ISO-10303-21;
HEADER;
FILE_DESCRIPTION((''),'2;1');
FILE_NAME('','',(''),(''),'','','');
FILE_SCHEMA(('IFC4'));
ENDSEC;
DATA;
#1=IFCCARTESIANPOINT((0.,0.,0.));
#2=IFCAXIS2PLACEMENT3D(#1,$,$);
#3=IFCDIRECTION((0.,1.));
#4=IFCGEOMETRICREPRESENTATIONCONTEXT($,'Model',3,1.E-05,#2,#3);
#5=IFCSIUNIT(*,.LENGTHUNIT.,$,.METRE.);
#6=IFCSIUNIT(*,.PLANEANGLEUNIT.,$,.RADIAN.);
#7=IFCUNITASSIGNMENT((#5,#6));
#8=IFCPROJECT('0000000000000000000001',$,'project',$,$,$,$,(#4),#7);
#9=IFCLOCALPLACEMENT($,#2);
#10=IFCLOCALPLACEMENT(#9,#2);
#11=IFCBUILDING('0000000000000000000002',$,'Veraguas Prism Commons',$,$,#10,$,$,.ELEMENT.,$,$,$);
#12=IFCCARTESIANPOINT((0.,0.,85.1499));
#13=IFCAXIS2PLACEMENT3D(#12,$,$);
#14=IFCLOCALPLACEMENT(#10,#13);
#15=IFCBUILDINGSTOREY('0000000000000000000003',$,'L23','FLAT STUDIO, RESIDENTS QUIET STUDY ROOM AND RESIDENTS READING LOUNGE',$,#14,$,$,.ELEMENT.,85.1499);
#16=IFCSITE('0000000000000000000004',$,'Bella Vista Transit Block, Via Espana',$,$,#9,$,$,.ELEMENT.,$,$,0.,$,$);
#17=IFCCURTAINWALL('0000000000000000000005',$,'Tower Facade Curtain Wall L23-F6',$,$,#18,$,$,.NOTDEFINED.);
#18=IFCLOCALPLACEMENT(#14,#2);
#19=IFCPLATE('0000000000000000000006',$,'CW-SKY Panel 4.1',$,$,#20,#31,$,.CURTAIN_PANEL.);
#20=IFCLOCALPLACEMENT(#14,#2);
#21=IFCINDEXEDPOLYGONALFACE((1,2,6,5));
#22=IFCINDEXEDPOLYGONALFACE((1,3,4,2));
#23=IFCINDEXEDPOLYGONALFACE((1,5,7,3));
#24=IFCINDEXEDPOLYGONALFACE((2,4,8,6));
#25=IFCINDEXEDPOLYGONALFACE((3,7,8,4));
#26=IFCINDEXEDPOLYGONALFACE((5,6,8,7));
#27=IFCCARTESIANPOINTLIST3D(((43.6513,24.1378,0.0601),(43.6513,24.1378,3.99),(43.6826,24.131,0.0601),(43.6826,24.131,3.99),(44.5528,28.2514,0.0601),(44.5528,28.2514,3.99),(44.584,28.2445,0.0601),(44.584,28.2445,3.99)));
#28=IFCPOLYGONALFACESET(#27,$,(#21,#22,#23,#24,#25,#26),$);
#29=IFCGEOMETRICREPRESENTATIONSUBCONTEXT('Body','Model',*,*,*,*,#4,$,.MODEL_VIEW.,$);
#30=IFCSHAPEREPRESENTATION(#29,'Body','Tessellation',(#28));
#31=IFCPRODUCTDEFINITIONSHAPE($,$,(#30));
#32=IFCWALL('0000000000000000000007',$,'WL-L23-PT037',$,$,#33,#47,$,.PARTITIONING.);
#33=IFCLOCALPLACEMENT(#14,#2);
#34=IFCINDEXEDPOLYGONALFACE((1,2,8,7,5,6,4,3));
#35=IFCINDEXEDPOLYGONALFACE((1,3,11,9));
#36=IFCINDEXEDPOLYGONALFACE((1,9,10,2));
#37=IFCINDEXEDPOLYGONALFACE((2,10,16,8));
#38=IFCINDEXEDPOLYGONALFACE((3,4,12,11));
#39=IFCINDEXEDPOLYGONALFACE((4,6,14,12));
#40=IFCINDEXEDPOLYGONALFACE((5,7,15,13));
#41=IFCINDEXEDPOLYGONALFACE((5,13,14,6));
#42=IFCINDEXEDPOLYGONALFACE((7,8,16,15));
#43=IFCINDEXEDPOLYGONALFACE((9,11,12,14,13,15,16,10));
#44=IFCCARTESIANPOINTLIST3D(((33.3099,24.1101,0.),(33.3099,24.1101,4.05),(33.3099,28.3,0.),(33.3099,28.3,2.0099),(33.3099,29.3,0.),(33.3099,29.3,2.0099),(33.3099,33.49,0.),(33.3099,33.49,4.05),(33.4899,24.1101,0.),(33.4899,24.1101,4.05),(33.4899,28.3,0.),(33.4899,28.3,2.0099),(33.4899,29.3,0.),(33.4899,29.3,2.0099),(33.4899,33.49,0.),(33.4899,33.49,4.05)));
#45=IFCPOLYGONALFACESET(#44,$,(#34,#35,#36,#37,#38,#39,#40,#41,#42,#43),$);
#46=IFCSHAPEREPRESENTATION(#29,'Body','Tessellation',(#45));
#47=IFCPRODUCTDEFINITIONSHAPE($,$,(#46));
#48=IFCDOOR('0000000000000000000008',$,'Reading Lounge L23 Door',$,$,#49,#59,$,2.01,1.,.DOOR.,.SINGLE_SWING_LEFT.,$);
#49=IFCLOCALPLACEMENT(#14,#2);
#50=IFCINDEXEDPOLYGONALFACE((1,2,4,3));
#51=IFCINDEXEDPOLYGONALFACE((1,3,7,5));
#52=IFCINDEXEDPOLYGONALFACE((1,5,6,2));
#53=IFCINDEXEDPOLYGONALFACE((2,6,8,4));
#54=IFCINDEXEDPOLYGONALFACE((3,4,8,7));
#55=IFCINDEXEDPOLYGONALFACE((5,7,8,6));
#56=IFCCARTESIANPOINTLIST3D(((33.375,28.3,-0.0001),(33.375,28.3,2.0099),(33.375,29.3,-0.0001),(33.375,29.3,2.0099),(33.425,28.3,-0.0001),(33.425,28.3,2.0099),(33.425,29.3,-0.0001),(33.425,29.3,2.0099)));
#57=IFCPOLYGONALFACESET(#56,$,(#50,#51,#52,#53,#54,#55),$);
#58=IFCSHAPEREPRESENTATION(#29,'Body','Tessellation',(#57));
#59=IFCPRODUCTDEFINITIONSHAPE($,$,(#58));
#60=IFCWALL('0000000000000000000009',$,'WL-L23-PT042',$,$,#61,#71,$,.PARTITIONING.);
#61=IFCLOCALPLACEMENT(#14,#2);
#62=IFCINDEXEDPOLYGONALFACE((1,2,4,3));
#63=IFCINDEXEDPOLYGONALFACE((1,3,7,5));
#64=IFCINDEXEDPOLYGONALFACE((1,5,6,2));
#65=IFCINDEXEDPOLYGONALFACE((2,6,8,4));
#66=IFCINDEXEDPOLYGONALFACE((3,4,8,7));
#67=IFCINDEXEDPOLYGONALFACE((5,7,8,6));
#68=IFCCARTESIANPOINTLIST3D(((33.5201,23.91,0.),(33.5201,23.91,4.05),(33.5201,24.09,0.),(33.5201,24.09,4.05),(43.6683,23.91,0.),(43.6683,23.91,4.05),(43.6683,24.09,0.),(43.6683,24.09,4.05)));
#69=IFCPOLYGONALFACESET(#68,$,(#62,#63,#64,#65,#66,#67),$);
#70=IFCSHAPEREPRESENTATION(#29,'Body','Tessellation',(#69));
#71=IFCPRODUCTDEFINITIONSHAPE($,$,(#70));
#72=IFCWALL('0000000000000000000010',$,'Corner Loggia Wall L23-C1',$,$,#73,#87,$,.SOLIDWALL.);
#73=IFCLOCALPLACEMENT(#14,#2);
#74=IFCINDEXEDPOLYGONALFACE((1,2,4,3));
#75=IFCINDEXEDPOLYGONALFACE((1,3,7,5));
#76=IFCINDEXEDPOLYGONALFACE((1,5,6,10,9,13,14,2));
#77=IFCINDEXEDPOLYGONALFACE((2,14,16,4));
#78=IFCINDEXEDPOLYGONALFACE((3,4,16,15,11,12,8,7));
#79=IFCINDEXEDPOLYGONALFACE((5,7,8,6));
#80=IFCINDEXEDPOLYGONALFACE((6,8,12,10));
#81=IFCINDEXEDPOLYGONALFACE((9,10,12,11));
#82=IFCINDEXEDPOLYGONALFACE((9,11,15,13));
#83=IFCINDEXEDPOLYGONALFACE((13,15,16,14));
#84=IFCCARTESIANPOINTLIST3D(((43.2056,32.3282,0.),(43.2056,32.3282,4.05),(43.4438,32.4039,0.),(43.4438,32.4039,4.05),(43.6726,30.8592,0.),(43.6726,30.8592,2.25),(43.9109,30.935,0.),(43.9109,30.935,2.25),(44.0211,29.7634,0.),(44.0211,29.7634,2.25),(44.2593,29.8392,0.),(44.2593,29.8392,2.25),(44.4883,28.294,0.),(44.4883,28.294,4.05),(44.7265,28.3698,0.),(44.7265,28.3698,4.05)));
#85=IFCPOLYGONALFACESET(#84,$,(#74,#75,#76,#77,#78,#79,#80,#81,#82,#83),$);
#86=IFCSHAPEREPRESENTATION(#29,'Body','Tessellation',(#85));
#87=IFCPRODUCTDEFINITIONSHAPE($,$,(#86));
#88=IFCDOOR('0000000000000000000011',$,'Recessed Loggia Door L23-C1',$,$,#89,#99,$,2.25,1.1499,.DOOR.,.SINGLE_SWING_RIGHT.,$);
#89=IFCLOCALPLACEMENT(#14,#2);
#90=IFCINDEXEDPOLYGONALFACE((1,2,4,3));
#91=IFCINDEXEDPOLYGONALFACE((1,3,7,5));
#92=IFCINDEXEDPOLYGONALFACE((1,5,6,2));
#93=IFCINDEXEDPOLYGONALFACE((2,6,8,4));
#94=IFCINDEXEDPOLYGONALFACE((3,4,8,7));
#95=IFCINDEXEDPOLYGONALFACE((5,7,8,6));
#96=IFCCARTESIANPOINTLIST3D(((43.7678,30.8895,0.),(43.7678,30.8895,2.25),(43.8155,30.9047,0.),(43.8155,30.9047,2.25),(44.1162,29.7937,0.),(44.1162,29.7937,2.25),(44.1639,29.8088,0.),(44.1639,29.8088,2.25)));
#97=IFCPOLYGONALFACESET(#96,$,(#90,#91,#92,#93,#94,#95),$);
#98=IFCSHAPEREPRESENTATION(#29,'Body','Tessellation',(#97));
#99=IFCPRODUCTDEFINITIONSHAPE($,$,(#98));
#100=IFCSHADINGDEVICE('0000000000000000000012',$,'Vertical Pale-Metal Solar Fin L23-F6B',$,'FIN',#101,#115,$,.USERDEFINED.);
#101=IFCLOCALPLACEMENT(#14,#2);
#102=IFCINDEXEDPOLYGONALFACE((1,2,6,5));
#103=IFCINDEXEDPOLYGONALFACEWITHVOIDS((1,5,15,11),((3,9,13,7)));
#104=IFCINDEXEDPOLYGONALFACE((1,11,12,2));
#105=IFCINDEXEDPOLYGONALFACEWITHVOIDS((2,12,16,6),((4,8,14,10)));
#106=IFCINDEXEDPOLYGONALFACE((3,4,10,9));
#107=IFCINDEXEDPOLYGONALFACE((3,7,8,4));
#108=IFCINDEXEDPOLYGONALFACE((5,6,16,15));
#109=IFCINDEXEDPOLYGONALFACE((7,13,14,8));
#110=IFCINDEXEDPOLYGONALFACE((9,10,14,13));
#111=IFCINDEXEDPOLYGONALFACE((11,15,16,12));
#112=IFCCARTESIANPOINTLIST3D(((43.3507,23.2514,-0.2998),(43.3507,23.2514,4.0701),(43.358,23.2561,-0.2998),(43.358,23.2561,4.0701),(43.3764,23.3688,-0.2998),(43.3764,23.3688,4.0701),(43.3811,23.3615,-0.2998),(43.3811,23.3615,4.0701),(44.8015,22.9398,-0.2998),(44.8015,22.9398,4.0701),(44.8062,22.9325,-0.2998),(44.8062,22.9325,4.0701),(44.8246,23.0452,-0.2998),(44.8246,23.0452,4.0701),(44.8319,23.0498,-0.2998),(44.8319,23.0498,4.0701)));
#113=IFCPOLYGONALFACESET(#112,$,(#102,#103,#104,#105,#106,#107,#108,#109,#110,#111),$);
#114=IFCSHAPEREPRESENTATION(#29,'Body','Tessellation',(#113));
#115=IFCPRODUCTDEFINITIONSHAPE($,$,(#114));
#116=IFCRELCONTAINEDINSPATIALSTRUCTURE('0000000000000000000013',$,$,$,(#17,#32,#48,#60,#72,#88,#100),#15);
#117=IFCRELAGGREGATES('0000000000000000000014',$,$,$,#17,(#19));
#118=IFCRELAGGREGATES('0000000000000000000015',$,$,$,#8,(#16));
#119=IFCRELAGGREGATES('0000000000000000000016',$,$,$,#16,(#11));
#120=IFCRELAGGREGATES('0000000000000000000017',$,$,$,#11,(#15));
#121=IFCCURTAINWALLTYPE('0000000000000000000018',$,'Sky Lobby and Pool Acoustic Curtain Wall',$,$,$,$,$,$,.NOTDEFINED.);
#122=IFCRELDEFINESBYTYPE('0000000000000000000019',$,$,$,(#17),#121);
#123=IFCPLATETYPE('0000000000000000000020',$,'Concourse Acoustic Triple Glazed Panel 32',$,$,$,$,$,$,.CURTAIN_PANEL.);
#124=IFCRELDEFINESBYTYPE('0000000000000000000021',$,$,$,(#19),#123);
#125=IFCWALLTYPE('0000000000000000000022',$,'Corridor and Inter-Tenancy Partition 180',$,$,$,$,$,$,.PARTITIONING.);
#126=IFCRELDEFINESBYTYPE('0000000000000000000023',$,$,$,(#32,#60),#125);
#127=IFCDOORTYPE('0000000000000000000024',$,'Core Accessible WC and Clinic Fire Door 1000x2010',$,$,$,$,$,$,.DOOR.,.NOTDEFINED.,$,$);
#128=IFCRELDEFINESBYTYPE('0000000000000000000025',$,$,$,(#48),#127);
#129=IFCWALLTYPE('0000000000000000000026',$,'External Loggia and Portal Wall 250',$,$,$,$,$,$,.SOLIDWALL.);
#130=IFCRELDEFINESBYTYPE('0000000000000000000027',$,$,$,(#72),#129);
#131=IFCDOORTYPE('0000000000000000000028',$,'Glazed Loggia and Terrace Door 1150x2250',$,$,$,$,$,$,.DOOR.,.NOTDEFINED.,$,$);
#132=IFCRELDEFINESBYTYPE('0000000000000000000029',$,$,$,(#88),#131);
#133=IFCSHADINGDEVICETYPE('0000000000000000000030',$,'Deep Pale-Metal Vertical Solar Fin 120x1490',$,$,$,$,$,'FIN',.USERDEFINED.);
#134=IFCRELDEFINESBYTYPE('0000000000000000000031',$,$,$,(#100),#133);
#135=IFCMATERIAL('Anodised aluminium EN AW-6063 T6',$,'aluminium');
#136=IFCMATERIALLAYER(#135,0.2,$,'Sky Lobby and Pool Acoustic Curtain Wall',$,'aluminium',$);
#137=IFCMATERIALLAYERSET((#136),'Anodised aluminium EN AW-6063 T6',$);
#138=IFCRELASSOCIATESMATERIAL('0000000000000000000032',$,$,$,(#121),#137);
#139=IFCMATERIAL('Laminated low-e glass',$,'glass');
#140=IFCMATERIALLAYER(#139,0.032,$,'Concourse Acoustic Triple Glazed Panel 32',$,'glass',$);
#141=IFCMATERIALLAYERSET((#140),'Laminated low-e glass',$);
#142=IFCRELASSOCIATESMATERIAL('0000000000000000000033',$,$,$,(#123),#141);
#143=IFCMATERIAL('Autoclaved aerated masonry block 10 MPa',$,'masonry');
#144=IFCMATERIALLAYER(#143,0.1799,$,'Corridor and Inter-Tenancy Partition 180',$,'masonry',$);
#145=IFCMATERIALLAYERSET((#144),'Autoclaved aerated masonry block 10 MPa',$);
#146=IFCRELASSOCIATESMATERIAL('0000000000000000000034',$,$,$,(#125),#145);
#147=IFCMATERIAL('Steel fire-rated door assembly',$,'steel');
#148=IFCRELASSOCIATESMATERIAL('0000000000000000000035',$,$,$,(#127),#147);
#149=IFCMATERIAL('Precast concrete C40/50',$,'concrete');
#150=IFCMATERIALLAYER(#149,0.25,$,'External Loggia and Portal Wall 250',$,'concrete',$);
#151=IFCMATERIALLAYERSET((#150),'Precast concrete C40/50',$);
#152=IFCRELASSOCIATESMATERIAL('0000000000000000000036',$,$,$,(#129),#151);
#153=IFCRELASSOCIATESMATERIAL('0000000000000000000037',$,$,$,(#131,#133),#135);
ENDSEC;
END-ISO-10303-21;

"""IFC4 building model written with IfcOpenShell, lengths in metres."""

from ifc_helpers import new_model, si_unit, direction, frame, frame_2d, origin, origin_2d, place, context, subcontext, project, spatial, rectangle, hollow_rectangle, extrude, source, transform, mapped, material, layer, layer_set, material_profile, profile_set, type_object, element, fill, aggregate, save


model = new_model("IFC4")

# Units and contexts
model_context = context("Model", 3, precision=1e-05, world=origin(), true_north=direction((0.0, 1.0)))
body_context = subcontext(model_context, "Body", "Model", "MODEL_VIEW")
ifc_project = project(units=[si_unit("LENGTHUNIT", "METRE"), si_unit("PLANEANGLEUNIT", "RADIAN")], contexts=[model_context])

# Site, building, storey
site_placement = place(None, origin())
site = spatial("IfcSite", under=ifc_project, at=site_placement, Name="Bella Vista Transit Block, Via Espana", CompositionType="ELEMENT", RefElevation=0.0)
building_placement = place(site_placement, origin())
building = spatial("IfcBuilding", under=site, at=building_placement, Name="Veraguas Prism Commons", CompositionType="ELEMENT")
storey_placement = place(building_placement, frame((0.0, 0.0, 85.1499)))
storey = spatial("IfcBuildingStorey", under=building, at=storey_placement, Name="L23", Description="FLAT STUDIO, RESIDENTS QUIET STUDY ROOM AND RESIDENTS READING LOUNGE", CompositionType="ELEMENT", Elevation=85.1499)

# Shared definitions
ifc_material_1 = material(Name="Anodised aluminium EN AW-6063 T6", Category="aluminium")
ifc_layer_1 = layer(ifc_material_1, 0.2, Name="Sky Lobby and Pool Acoustic Curtain Wall", Category="aluminium")
ifc_layer_set_1 = layer_set([ifc_layer_1], Name="Anodised aluminium EN AW-6063 T6")
curtain_wall_type = type_object("IfcCurtainWallType", Name="Sky Lobby and Pool Acoustic Curtain Wall", PredefinedType="NOTDEFINED", material=ifc_layer_set_1)

# Curtain wall, plate
curtain_wall_1_placement = place(storey_placement, origin())
curtain_wall_1 = element("IfcCurtainWall", 1, at=curtain_wall_1_placement, inside=storey, type_object=curtain_wall_type, Name="Tower Facade Curtain Wall L23-F6", PredefinedType="NOTDEFINED")
ifc_material_2 = material(Name="Laminated low-e glass", Category="glass")
ifc_layer_2 = layer(ifc_material_2, 0.032, Name="Concourse Acoustic Triple Glazed Panel 32", Category="glass")
ifc_layer_set_2 = layer_set([ifc_layer_2], Name="Laminated low-e glass")
plate_type = type_object("IfcPlateType", Name="Concourse Acoustic Triple Glazed Panel 32", PredefinedType="CURTAIN_PANEL", material=ifc_layer_set_2)
shared_shape_1 = source(origin(), body_context, "Body", "SweptSolid", [
    extrude(rectangle(XDim=4.2112, YDim=0.032, at=origin_2d()), origin(), (0.0, 0.0, 1.0), 3.9299),
])
plate_placement = place(storey_placement, frame((44.1177, 26.1912, 0.0601), z_axis=(0.0, 0.0, 1.0), x_axis=(0.214055, 0.976822, 0.0)))
plate = element("IfcPlate", 2, at=plate_placement, type_object=plate_type, Name="CW-SKY Panel 4.1", PredefinedType="CURTAIN_PANEL", context=body_context, shape_type="MappedRepresentation", body=[
    mapped(shared_shape_1, transform((0.0, 0.0, 0.0), scale=1.0)),
])
aggregate(curtain_wall_1, [plate])

# Wall, opening, door
ifc_material_3 = material(Name="Autoclaved aerated masonry block 10 MPa", Category="masonry")
ifc_layer_3 = layer(ifc_material_3, 0.1799, Name="Corridor and Inter-Tenancy Partition 180", Category="masonry")
ifc_layer_set_3 = layer_set([ifc_layer_3], Name="Autoclaved aerated masonry block 10 MPa")
wall_type_1 = type_object("IfcWallType", Name="Corridor and Inter-Tenancy Partition 180", PredefinedType="PARTITIONING", material=ifc_layer_set_3)
wall_1_placement = place(storey_placement, frame((33.3999, 24.1101, 0.0), z_axis=(0.0, 0.0, 1.0), x_axis=(0.0, 1.0, 0.0)))
wall_1 = element("IfcWall", 3, at=wall_1_placement, inside=storey, type_object=wall_type_1, Name="WL-L23-PT037", PredefinedType="PARTITIONING", context=body_context, shape_type="SweptSolid", body=[
    extrude(rectangle(XDim=9.3799, YDim=0.1799, at=frame_2d((4.6899, 0.0))), origin(), (0.0, 0.0, 1.0), 4.05),
])
opening_1_placement = place(wall_1_placement, frame((4.1899, 0.0, 0.0)))
opening_1 = element("IfcOpeningElement", 4, at=opening_1_placement, cuts=wall_1, PredefinedType="OPENING", context=body_context, shape_type="SweptSolid", body=[
    extrude(rectangle(XDim=1.0, YDim=2.01, at=frame_2d((0.5, 1.0049))), frame((0.0, 0.0999, 0.0), z_axis=(0.0, -1.0, 0.0), x_axis=(1.0, 0.0, 0.0)), (0.0, 0.0, 1.0), 0.2),
])
ifc_material_4 = material(Name="Steel fire-rated door assembly", Category="steel")
door_type_1 = type_object("IfcDoorType", Name="Core Accessible WC and Clinic Fire Door 1000x2010", OperationType="NOTDEFINED", PredefinedType="DOOR", material=ifc_material_4)
shared_shape_2 = source(origin(), body_context, "Body", "SweptSolid", [
    extrude(rectangle(XDim=1.0, YDim=2.01, at=frame_2d((0.5, 1.0049))), frame((0.0, 0.0249, 0.0), z_axis=(0.0, -1.0, 0.0), x_axis=(1.0, 0.0, 0.0)), (0.0, 0.0, 1.0), 0.05),
])
door_1_placement = place(opening_1_placement, origin())
door_1 = element("IfcDoor", 5, at=door_1_placement, inside=storey, type_object=door_type_1, Name="Reading Lounge L23 Door", OperationType="SINGLE_SWING_LEFT", OverallHeight=2.01, OverallWidth=1.0, PredefinedType="DOOR", context=body_context, shape_type="MappedRepresentation", body=[
    mapped(shared_shape_2, transform((0.0, 0.0, 0.0), scale=1.0)),
])
fill(opening_1, door_1)

# Wall
wall_2_placement = place(storey_placement, frame((33.52, 24.0, 0.0), z_axis=(0.0, 0.0, 1.0), x_axis=(1.0, 0.0, 0.0)))
element("IfcWall", 6, at=wall_2_placement, inside=storey, type_object=wall_type_1, Name="WL-L23-PT042", PredefinedType="PARTITIONING", context=body_context, shape_type="SweptSolid", body=[
    extrude(rectangle(XDim=10.1482, YDim=0.1799, at=frame_2d((5.0742, 0.0))), origin(), (0.0, 0.0, 1.0), 4.05),
])

# Wall, opening, door
ifc_material_5 = material(Name="Precast concrete C40/50", Category="concrete")
ifc_layer_4 = layer(ifc_material_5, 0.25, Name="External Loggia and Portal Wall 250", Category="concrete")
ifc_layer_set_4 = layer_set([ifc_layer_4], Name="Precast concrete C40/50")
wall_type_2 = type_object("IfcWallType", Name="External Loggia and Portal Wall 250", PredefinedType="SOLIDWALL", material=ifc_layer_set_4)
wall_3_placement = place(storey_placement, frame((44.6074, 28.3318, 0.0), z_axis=(0.0, 0.0, 1.0), x_axis=(-0.303013, 0.952986, 0.0)))
wall_3 = element("IfcWall", 7, at=wall_3_placement, inside=storey, type_object=wall_type_2, Name="Corner Loggia Wall L23-C1", PredefinedType="SOLIDWALL", context=body_context, shape_type="SweptSolid", body=[
    extrude(rectangle(XDim=4.2332, YDim=0.25, at=frame_2d((2.1167, 0.0))), origin(), (0.0, 0.0, 1.0), 4.05),
])
opening_2_placement = place(wall_3_placement, frame((1.542, 0.0, 0.0)))
opening_2 = element("IfcOpeningElement", 8, at=opening_2_placement, cuts=wall_3, PredefinedType="OPENING", context=body_context, shape_type="SweptSolid", body=[
    extrude(rectangle(XDim=1.1499, YDim=2.25, at=frame_2d((0.575, 1.125))), frame((0.0, 0.135, 0.0), z_axis=(0.0, -1.0, 0.0), x_axis=(1.0, 0.0, 0.0)), (0.0, 0.0, 1.0), 0.27),
])
door_type_2 = type_object("IfcDoorType", Name="Glazed Loggia and Terrace Door 1150x2250", OperationType="NOTDEFINED", PredefinedType="DOOR", material=ifc_material_1)
shared_shape_3 = source(origin(), body_context, "Body", "SweptSolid", [
    extrude(rectangle(XDim=1.1499, YDim=2.25, at=frame_2d((0.575, 1.125))), frame((0.0, 0.0249, 0.0), z_axis=(0.0, -1.0, 0.0), x_axis=(1.0, 0.0, 0.0)), (0.0, 0.0, 1.0), 0.05),
])
door_2_placement = place(opening_2_placement, frame((1.1499, 0.0, 0.0), z_axis=(0.0, 0.0, 1.0), x_axis=(-1.0, 0.0, 0.0)))
door_2 = element("IfcDoor", 9, at=door_2_placement, inside=storey, type_object=door_type_2, Name="Recessed Loggia Door L23-C1", OperationType="SINGLE_SWING_RIGHT", OverallHeight=2.25, OverallWidth=1.1499, PredefinedType="DOOR", context=body_context, shape_type="MappedRepresentation", body=[
    mapped(shared_shape_3, transform((0.0, 0.0, 0.0), scale=1.0)),
])
fill(opening_2, door_2)

# Shading device
ifc_material_profile_1 = material_profile(ifc_material_1, hollow_rectangle(XDim=0.1201, YDim=1.49, WallThickness=0.0061, at=origin_2d()), Name="FIN120X1490X6")
ifc_profile_set_1 = profile_set([ifc_material_profile_1], Name="Anodised aluminium EN AW-6063 T6")
shading_device_type = type_object("IfcShadingDeviceType", Name="Deep Pale-Metal Vertical Solar Fin 120x1490", ElementType="FIN", PredefinedType="USERDEFINED", material=ifc_profile_set_1)
shading_device_placement = place(storey_placement, frame((44.0913, 23.1506, -0.2998), z_axis=(0.0, 0.0, 1.0), x_axis=(0.21405, 0.976823, 0.0)))
element("IfcShadingDevice", 10, at=shading_device_placement, inside=storey, type_object=shading_device_type, Name="Vertical Pale-Metal Solar Fin L23-F6B", ObjectType="FIN", PredefinedType="USERDEFINED", context=body_context, shape_type="SweptSolid", body=[
    extrude(hollow_rectangle(XDim=0.1201, YDim=1.49, WallThickness=0.0061, at=origin_2d()), origin(), (0.0, 0.0, 1.0), 4.3699),
])

save(model, "model.ifc")
